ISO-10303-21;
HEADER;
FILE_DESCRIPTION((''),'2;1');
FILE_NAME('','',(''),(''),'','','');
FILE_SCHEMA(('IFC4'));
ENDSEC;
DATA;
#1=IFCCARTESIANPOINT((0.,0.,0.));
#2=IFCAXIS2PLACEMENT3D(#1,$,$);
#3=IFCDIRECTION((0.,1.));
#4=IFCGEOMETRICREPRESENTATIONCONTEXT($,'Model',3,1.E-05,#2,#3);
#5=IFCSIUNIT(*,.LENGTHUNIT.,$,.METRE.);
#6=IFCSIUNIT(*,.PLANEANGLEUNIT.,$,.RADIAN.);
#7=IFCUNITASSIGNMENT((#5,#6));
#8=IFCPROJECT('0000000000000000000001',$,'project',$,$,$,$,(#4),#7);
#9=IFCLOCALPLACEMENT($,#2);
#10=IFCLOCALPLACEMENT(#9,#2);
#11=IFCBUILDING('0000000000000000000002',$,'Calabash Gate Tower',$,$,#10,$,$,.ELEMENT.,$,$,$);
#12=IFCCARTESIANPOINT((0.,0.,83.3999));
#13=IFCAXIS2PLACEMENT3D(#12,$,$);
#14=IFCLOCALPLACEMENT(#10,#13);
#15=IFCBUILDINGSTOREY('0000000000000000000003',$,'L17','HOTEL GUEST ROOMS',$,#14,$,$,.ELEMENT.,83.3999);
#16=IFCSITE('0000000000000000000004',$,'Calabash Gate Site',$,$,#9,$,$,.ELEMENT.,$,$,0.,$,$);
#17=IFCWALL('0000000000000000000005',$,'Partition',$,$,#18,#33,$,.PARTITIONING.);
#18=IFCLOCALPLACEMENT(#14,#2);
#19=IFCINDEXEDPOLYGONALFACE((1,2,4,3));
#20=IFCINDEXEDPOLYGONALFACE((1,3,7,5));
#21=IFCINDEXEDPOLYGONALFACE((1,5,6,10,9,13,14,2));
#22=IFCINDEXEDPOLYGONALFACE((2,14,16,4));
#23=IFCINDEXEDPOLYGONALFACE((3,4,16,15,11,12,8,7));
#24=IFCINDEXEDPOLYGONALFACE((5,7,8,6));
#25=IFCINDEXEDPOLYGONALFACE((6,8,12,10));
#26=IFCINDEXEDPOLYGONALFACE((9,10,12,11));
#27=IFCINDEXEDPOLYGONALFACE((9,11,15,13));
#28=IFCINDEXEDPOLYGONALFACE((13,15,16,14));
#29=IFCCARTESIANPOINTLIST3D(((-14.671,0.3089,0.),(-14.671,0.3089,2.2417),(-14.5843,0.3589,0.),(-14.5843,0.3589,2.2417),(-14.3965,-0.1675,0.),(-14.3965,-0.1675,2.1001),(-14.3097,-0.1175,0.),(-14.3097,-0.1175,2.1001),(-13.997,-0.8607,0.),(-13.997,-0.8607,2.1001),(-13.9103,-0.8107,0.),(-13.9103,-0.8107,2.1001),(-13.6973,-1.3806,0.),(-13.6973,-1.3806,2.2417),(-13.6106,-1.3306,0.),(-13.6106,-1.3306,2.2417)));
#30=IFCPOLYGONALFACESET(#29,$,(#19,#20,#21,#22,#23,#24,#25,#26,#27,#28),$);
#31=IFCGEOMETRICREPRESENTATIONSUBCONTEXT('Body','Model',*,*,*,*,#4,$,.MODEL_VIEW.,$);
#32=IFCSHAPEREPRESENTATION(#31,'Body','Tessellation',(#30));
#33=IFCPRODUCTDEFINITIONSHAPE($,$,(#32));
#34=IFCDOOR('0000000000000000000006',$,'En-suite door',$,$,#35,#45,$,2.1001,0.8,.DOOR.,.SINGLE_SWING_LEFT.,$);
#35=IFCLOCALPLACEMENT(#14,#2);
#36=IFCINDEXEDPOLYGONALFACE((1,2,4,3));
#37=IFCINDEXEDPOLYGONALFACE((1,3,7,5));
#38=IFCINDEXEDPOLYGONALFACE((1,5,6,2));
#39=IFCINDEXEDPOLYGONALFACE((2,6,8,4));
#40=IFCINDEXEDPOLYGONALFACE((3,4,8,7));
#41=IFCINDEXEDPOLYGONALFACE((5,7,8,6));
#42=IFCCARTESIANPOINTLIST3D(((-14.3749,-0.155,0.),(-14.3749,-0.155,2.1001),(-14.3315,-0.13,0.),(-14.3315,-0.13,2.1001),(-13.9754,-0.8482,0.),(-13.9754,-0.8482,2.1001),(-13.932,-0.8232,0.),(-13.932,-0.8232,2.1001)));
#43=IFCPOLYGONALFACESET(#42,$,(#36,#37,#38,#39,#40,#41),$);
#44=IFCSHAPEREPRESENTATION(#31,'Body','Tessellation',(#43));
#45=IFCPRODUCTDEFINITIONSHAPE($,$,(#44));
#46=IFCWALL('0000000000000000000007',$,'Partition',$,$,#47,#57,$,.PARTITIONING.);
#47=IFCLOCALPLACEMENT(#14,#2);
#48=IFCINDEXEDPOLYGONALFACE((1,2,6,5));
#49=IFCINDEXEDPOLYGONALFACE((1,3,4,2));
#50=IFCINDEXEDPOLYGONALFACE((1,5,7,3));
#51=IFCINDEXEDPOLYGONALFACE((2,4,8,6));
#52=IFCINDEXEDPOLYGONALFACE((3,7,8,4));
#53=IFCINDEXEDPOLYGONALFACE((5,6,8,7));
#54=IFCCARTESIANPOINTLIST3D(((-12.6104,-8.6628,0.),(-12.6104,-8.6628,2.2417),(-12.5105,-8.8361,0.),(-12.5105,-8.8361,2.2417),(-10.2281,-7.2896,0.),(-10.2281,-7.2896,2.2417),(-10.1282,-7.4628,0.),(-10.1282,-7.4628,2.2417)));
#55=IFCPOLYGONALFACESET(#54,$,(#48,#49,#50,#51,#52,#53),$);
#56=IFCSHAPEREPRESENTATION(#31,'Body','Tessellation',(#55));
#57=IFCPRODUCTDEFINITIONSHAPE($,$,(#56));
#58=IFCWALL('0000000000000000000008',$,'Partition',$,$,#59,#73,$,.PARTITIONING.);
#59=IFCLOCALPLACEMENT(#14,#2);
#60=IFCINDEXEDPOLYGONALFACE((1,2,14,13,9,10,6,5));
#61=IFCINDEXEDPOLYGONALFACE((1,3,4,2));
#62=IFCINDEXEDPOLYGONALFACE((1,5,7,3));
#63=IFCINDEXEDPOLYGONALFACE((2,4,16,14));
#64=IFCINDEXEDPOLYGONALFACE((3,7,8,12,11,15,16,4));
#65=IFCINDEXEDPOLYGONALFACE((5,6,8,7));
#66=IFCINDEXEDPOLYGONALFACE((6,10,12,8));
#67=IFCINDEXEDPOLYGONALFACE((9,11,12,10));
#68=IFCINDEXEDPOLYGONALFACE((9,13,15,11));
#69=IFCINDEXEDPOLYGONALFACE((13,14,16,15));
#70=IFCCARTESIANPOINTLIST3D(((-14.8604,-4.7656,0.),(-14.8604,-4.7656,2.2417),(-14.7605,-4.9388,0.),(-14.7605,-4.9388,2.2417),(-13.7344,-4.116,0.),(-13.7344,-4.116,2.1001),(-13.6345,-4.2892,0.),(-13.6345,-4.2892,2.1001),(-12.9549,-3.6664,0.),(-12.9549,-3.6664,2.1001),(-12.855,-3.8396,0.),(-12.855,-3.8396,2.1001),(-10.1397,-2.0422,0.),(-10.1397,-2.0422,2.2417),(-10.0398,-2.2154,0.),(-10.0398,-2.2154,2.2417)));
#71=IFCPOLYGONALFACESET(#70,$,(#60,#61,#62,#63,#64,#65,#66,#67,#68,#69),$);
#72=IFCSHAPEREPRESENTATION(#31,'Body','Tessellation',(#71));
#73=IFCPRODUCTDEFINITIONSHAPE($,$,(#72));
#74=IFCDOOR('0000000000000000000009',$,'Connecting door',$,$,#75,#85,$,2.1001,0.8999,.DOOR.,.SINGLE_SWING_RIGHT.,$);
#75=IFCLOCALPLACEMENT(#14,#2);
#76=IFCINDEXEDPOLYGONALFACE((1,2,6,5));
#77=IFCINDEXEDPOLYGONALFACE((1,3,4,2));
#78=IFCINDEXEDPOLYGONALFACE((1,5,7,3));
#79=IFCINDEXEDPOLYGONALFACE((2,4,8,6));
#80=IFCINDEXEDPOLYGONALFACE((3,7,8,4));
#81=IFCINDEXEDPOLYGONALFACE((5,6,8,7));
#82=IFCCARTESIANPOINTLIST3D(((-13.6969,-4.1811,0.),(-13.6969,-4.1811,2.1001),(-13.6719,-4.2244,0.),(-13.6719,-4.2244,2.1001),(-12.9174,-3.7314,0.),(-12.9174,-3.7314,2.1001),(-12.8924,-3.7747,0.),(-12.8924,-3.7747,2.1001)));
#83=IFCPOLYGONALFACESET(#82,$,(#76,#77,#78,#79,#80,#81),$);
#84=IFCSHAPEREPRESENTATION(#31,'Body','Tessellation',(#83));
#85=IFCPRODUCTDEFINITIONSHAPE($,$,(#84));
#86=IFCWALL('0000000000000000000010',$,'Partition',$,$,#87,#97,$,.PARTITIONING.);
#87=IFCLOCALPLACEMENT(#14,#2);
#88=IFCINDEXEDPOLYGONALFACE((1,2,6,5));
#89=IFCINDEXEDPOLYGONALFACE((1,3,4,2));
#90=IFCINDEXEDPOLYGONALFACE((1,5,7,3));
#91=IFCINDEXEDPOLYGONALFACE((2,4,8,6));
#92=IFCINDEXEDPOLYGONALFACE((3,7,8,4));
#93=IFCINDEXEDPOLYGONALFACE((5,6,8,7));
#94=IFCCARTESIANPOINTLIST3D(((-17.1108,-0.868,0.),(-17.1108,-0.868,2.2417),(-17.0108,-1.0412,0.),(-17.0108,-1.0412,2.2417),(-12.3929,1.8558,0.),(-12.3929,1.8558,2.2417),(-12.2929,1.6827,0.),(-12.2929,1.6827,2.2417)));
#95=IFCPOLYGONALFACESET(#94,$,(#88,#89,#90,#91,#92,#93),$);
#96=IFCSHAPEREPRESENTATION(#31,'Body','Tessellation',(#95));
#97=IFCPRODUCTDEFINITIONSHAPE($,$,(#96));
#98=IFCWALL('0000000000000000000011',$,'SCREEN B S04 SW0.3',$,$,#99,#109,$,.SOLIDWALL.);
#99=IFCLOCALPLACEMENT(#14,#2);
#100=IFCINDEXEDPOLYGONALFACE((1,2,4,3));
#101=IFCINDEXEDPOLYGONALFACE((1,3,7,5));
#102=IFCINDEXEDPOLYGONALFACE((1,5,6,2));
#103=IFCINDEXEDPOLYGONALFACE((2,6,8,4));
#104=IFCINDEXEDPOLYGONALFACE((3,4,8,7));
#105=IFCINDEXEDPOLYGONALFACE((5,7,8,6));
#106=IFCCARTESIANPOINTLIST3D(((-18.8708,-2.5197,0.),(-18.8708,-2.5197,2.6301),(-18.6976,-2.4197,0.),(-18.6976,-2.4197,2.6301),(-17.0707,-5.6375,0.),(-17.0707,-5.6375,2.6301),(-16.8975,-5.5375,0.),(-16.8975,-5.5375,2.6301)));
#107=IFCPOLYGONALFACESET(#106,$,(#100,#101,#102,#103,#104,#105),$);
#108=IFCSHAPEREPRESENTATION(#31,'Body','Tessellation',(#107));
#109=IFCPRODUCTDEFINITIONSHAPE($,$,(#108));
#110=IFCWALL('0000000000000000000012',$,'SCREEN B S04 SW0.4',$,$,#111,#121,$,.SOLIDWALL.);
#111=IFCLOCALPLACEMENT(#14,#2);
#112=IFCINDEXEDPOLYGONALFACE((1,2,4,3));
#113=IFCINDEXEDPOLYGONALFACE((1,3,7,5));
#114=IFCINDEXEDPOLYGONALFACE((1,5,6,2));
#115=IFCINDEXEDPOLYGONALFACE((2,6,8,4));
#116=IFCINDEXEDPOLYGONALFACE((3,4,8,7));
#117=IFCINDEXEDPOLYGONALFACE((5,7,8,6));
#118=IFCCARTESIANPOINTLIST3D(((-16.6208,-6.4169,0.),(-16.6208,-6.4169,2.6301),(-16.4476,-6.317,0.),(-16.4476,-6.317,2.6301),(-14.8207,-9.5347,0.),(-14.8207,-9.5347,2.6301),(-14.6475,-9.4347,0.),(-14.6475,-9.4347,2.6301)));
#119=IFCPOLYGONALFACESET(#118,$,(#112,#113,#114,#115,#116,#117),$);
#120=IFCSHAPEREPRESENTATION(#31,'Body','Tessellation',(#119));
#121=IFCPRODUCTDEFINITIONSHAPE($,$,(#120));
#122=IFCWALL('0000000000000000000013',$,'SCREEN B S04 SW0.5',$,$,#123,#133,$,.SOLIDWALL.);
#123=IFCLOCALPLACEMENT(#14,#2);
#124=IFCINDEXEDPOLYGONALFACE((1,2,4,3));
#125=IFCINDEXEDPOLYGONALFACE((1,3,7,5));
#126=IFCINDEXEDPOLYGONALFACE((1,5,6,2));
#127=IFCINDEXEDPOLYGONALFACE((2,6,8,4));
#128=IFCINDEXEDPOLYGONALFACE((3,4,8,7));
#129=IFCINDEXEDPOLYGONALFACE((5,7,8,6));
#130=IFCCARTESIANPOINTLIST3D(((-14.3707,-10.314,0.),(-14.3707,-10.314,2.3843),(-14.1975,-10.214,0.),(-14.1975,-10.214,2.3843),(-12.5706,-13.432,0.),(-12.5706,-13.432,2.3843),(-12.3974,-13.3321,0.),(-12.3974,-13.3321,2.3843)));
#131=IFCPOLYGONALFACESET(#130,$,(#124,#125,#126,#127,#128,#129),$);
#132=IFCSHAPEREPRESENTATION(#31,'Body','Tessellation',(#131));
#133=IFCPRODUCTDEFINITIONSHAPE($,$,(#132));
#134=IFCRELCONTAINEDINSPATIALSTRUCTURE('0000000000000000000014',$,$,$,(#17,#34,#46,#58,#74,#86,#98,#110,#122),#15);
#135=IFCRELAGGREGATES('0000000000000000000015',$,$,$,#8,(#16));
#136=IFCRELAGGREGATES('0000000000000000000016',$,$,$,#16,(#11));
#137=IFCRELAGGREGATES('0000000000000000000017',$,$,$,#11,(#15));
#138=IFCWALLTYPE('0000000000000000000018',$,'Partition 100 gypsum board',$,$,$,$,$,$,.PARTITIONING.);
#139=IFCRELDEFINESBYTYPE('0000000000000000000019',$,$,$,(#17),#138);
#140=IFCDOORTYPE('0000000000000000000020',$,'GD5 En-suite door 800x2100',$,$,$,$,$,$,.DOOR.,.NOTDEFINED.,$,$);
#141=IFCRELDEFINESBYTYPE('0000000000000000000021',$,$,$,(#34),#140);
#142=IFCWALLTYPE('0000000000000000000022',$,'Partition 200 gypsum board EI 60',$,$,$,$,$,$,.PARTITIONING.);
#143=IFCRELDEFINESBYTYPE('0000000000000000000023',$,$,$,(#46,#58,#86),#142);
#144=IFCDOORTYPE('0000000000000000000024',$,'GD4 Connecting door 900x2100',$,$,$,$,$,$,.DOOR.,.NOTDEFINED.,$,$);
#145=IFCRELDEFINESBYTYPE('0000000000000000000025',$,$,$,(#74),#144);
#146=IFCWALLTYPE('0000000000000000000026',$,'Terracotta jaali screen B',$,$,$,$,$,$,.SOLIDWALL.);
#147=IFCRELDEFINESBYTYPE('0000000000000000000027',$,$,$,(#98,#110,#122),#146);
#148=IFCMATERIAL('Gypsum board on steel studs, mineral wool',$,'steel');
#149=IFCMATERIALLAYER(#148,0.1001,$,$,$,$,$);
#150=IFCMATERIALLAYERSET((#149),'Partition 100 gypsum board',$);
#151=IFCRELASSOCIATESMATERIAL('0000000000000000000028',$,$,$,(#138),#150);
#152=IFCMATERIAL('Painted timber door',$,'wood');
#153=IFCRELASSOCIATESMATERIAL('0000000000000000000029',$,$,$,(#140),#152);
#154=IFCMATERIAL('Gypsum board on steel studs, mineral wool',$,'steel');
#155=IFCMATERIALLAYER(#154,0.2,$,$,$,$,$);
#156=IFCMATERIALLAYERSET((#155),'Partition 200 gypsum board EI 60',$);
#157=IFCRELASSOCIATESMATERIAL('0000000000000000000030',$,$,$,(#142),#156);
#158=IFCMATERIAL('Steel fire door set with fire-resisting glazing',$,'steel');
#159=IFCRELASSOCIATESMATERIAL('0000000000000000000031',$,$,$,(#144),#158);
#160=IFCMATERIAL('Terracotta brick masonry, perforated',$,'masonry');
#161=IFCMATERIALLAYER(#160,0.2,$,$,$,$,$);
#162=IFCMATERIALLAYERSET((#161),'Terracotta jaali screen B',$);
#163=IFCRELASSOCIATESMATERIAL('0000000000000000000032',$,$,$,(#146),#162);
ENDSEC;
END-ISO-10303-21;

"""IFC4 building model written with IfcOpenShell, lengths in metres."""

from ifc_helpers import new_model, si_unit, direction, frame, frame_2d, origin, place, context, subcontext, project, spatial, rectangle, extrude, material, layer, layer_set, type_object, element, fill, save


model = new_model("IFC4")

# Units and contexts
model_context = context("Model", 3, precision=1e-05, world=origin(), true_north=direction((0.0, 1.0)))
body_context = subcontext(model_context, "Body", "Model", "MODEL_VIEW")
ifc_project = project(units=[si_unit("LENGTHUNIT", "METRE"), si_unit("PLANEANGLEUNIT", "RADIAN")], contexts=[model_context])

# Site, building, storey
site_placement = place(None, origin())
site = spatial("IfcSite", under=ifc_project, at=site_placement, Name="Calabash Gate Site", CompositionType="ELEMENT", RefElevation=0.0)
building_placement = place(site_placement, origin())
building = spatial("IfcBuilding", under=site, at=building_placement, Name="Calabash Gate Tower", CompositionType="ELEMENT")
storey_placement = place(building_placement, frame((0.0, 0.0, 83.3999)))
storey = spatial("IfcBuildingStorey", under=building, at=storey_placement, Name="L17", Description="HOTEL GUEST ROOMS", CompositionType="ELEMENT", Elevation=83.3999)

# Shared definitions
ifc_material_1 = material(Name="Gypsum board on steel studs, mineral wool", Category="steel")
ifc_layer_1 = layer(ifc_material_1, 0.1001)
ifc_layer_set_1 = layer_set([ifc_layer_1], Name="Partition 100 gypsum board")
wall_type_1 = type_object("IfcWallType", Name="Partition 100 gypsum board", PredefinedType="PARTITIONING", material=ifc_layer_set_1)

# Wall, opening, door
wall_1_placement = place(storey_placement, frame((-14.6277, 0.334, 0.0), z_axis=(0.0, 0.0, 1.0), x_axis=(0.499318, -0.866419, 0.0)))
wall_1 = element("IfcWall", 1, at=wall_1_placement, inside=storey, type_object=wall_type_1, Name="Partition", PredefinedType="PARTITIONING", context=body_context, shape_type="SweptSolid", body=[
    extrude(rectangle(XDim=1.95, YDim=0.1001, at=frame_2d((0.9751, 0.0))), origin(), (0.0, 0.0, 1.0), 2.2417),
])
opening_1_placement = place(wall_1_placement, frame((0.55, 0.0, 0.0)))
opening_1 = element("IfcOpeningElement", 2, at=opening_1_placement, cuts=wall_1, PredefinedType="OPENING", context=body_context, shape_type="SweptSolid", body=[
    extrude(rectangle(XDim=0.8, YDim=2.1001, at=frame_2d((0.3999, 1.05))), frame((0.0, 0.0601, 0.0), z_axis=(0.0, -1.0, 0.0), x_axis=(1.0, 0.0, 0.0)), (0.0, 0.0, 1.0), 0.1201),
])
ifc_material_2 = material(Name="Painted timber door", Category="wood")
door_type_1 = type_object("IfcDoorType", Name="GD5 En-suite door 800x2100", OperationType="NOTDEFINED", PredefinedType="DOOR", material=ifc_material_2)
door_1_placement = place(opening_1_placement, origin())
door_1 = element("IfcDoor", 3, at=door_1_placement, inside=storey, type_object=door_type_1, Name="En-suite door", OperationType="SINGLE_SWING_LEFT", OverallHeight=2.1001, OverallWidth=0.8, PredefinedType="DOOR", context=body_context, shape_type="SweptSolid", body=[
    extrude(rectangle(XDim=0.8, YDim=2.1001, at=frame_2d((0.3999, 1.05))), frame((0.0, 0.0249, 0.0), z_axis=(0.0, -1.0, 0.0), x_axis=(1.0, 0.0, 0.0)), (0.0, 0.0, 1.0), 0.05),
])
fill(opening_1, door_1)

# Wall
ifc_material_3 = material(Name="Gypsum board on steel studs, mineral wool", Category="steel")
ifc_layer_2 = layer(ifc_material_3, 0.2)
ifc_layer_set_2 = layer_set([ifc_layer_2], Name="Partition 200 gypsum board EI 60")
wall_type_2 = type_object("IfcWallType", Name="Partition 200 gypsum board EI 60", PredefinedType="PARTITIONING", material=ifc_layer_set_2)
wall_2_placement = place(storey_placement, frame((-12.5605, -8.7495, 0.0), z_axis=(0.0, 0.0, 1.0), x_axis=(0.866363, 0.499415, 0.0)))
element("IfcWall", 4, at=wall_2_placement, inside=storey, type_object=wall_type_2, Name="Partition", PredefinedType="PARTITIONING", context=body_context, shape_type="SweptSolid", body=[
    extrude(rectangle(XDim=2.7498, YDim=0.2, at=frame_2d((1.375, 0.0))), origin(), (0.0, 0.0, 1.0), 2.2417),
])

# Wall, opening, door
wall_3_placement = place(storey_placement, frame((-14.8105, -4.8523, 0.0), z_axis=(0.0, 0.0, 1.0), x_axis=(0.866193, 0.49971, 0.0)))
wall_3 = element("IfcWall", 5, at=wall_3_placement, inside=storey, type_object=wall_type_2, Name="Partition", PredefinedType="PARTITIONING", context=body_context, shape_type="SweptSolid", body=[
    extrude(rectangle(XDim=5.45, YDim=0.2, at=frame_2d((2.7251, 0.0))), origin(), (0.0, 0.0, 1.0), 2.2417),
])
opening_2_placement = place(wall_3_placement, frame((1.3, 0.0, 0.0)))
opening_2 = element("IfcOpeningElement", 6, at=opening_2_placement, cuts=wall_3, PredefinedType="OPENING", context=body_context, shape_type="SweptSolid", body=[
    extrude(rectangle(XDim=0.8999, YDim=2.1001, at=frame_2d((0.45, 1.05))), frame((0.0, 0.1099, 0.0), z_axis=(0.0, -1.0, 0.0), x_axis=(1.0, 0.0, 0.0)), (0.0, 0.0, 1.0), 0.22),
])
ifc_material_4 = material(Name="Steel fire door set with fire-resisting glazing", Category="steel")
door_type_2 = type_object("IfcDoorType", Name="GD4 Connecting door 900x2100", OperationType="NOTDEFINED", PredefinedType="DOOR", material=ifc_material_4)
door_2_placement = place(opening_2_placement, origin())
door_2 = element("IfcDoor", 7, at=door_2_placement, inside=storey, type_object=door_type_2, Name="Connecting door", OperationType="SINGLE_SWING_RIGHT", OverallHeight=2.1001, OverallWidth=0.8999, PredefinedType="DOOR", context=body_context, shape_type="SweptSolid", body=[
    extrude(rectangle(XDim=0.8999, YDim=2.1001, at=frame_2d((0.45, 1.05))), frame((0.0, 0.0249, 0.0), z_axis=(0.0, -1.0, 0.0), x_axis=(1.0, 0.0, 0.0)), (0.0, 0.0, 1.0), 0.05),
])
fill(opening_2, door_2)

# Walls
wall_4_placement = place(storey_placement, frame((-17.0608, -0.9546, 0.0), z_axis=(0.0, 0.0, 1.0), x_axis=(0.866031, 0.49999, 0.0)))
element("IfcWall", 8, at=wall_4_placement, inside=storey, type_object=wall_type_2, Name="Partition", PredefinedType="PARTITIONING", context=body_context, shape_type="SweptSolid", body=[
    extrude(rectangle(XDim=5.4478, YDim=0.2, at=frame_2d((2.7239, 0.0))), origin(), (0.0, 0.0, 1.0), 2.2417),
])
ifc_material_5 = material(Name="Terracotta brick masonry, perforated", Category="masonry")
ifc_layer_3 = layer(ifc_material_5, 0.2)
ifc_layer_set_3 = layer_set([ifc_layer_3], Name="Terracotta jaali screen B")
wall_type_3 = type_object("IfcWallType", Name="Terracotta jaali screen B", PredefinedType="SOLIDWALL", material=ifc_layer_set_3)
for number, where, z_axis, x_axis, name in (
    (9, (-18.7842, -2.4697, 0.0), (0.0, 0.0, 1.0), (0.500012, -0.866018, 0.0), "SCREEN B S04 SW0.3"),
    (10, (-16.5342, -6.3669, 0.0), (0.0, 0.0, 1.0), (0.500012, -0.866018, 0.0), "SCREEN B S04 SW0.4"),
):
    element("IfcWall", number, at=place(storey_placement, frame(where, z_axis=z_axis, x_axis=x_axis)), inside=storey, type_object=wall_type_3, Name=name, PredefinedType="SOLIDWALL", context=body_context, shape_type="SweptSolid", body=[
        extrude(rectangle(XDim=3.6001, YDim=0.2, at=frame_2d((1.8, 0.0))), origin(), (0.0, 0.0, 1.0), 2.6301),
    ])
wall_5_placement = place(storey_placement, frame((-14.2842, -10.2639, 0.0), z_axis=(0.0, 0.0, 1.0), x_axis=(0.499983, -0.866035, 0.0)))
element("IfcWall", 11, at=wall_5_placement, inside=storey, type_object=wall_type_3, Name="SCREEN B S04 SW0.5", PredefinedType="SOLIDWALL", context=body_context, shape_type="SweptSolid", body=[
    extrude(rectangle(XDim=3.6003, YDim=0.2, at=frame_2d((1.8003, 0.0))), origin(), (0.0, 0.0, 1.0), 2.3843),
])

save(model, "model.ifc")
